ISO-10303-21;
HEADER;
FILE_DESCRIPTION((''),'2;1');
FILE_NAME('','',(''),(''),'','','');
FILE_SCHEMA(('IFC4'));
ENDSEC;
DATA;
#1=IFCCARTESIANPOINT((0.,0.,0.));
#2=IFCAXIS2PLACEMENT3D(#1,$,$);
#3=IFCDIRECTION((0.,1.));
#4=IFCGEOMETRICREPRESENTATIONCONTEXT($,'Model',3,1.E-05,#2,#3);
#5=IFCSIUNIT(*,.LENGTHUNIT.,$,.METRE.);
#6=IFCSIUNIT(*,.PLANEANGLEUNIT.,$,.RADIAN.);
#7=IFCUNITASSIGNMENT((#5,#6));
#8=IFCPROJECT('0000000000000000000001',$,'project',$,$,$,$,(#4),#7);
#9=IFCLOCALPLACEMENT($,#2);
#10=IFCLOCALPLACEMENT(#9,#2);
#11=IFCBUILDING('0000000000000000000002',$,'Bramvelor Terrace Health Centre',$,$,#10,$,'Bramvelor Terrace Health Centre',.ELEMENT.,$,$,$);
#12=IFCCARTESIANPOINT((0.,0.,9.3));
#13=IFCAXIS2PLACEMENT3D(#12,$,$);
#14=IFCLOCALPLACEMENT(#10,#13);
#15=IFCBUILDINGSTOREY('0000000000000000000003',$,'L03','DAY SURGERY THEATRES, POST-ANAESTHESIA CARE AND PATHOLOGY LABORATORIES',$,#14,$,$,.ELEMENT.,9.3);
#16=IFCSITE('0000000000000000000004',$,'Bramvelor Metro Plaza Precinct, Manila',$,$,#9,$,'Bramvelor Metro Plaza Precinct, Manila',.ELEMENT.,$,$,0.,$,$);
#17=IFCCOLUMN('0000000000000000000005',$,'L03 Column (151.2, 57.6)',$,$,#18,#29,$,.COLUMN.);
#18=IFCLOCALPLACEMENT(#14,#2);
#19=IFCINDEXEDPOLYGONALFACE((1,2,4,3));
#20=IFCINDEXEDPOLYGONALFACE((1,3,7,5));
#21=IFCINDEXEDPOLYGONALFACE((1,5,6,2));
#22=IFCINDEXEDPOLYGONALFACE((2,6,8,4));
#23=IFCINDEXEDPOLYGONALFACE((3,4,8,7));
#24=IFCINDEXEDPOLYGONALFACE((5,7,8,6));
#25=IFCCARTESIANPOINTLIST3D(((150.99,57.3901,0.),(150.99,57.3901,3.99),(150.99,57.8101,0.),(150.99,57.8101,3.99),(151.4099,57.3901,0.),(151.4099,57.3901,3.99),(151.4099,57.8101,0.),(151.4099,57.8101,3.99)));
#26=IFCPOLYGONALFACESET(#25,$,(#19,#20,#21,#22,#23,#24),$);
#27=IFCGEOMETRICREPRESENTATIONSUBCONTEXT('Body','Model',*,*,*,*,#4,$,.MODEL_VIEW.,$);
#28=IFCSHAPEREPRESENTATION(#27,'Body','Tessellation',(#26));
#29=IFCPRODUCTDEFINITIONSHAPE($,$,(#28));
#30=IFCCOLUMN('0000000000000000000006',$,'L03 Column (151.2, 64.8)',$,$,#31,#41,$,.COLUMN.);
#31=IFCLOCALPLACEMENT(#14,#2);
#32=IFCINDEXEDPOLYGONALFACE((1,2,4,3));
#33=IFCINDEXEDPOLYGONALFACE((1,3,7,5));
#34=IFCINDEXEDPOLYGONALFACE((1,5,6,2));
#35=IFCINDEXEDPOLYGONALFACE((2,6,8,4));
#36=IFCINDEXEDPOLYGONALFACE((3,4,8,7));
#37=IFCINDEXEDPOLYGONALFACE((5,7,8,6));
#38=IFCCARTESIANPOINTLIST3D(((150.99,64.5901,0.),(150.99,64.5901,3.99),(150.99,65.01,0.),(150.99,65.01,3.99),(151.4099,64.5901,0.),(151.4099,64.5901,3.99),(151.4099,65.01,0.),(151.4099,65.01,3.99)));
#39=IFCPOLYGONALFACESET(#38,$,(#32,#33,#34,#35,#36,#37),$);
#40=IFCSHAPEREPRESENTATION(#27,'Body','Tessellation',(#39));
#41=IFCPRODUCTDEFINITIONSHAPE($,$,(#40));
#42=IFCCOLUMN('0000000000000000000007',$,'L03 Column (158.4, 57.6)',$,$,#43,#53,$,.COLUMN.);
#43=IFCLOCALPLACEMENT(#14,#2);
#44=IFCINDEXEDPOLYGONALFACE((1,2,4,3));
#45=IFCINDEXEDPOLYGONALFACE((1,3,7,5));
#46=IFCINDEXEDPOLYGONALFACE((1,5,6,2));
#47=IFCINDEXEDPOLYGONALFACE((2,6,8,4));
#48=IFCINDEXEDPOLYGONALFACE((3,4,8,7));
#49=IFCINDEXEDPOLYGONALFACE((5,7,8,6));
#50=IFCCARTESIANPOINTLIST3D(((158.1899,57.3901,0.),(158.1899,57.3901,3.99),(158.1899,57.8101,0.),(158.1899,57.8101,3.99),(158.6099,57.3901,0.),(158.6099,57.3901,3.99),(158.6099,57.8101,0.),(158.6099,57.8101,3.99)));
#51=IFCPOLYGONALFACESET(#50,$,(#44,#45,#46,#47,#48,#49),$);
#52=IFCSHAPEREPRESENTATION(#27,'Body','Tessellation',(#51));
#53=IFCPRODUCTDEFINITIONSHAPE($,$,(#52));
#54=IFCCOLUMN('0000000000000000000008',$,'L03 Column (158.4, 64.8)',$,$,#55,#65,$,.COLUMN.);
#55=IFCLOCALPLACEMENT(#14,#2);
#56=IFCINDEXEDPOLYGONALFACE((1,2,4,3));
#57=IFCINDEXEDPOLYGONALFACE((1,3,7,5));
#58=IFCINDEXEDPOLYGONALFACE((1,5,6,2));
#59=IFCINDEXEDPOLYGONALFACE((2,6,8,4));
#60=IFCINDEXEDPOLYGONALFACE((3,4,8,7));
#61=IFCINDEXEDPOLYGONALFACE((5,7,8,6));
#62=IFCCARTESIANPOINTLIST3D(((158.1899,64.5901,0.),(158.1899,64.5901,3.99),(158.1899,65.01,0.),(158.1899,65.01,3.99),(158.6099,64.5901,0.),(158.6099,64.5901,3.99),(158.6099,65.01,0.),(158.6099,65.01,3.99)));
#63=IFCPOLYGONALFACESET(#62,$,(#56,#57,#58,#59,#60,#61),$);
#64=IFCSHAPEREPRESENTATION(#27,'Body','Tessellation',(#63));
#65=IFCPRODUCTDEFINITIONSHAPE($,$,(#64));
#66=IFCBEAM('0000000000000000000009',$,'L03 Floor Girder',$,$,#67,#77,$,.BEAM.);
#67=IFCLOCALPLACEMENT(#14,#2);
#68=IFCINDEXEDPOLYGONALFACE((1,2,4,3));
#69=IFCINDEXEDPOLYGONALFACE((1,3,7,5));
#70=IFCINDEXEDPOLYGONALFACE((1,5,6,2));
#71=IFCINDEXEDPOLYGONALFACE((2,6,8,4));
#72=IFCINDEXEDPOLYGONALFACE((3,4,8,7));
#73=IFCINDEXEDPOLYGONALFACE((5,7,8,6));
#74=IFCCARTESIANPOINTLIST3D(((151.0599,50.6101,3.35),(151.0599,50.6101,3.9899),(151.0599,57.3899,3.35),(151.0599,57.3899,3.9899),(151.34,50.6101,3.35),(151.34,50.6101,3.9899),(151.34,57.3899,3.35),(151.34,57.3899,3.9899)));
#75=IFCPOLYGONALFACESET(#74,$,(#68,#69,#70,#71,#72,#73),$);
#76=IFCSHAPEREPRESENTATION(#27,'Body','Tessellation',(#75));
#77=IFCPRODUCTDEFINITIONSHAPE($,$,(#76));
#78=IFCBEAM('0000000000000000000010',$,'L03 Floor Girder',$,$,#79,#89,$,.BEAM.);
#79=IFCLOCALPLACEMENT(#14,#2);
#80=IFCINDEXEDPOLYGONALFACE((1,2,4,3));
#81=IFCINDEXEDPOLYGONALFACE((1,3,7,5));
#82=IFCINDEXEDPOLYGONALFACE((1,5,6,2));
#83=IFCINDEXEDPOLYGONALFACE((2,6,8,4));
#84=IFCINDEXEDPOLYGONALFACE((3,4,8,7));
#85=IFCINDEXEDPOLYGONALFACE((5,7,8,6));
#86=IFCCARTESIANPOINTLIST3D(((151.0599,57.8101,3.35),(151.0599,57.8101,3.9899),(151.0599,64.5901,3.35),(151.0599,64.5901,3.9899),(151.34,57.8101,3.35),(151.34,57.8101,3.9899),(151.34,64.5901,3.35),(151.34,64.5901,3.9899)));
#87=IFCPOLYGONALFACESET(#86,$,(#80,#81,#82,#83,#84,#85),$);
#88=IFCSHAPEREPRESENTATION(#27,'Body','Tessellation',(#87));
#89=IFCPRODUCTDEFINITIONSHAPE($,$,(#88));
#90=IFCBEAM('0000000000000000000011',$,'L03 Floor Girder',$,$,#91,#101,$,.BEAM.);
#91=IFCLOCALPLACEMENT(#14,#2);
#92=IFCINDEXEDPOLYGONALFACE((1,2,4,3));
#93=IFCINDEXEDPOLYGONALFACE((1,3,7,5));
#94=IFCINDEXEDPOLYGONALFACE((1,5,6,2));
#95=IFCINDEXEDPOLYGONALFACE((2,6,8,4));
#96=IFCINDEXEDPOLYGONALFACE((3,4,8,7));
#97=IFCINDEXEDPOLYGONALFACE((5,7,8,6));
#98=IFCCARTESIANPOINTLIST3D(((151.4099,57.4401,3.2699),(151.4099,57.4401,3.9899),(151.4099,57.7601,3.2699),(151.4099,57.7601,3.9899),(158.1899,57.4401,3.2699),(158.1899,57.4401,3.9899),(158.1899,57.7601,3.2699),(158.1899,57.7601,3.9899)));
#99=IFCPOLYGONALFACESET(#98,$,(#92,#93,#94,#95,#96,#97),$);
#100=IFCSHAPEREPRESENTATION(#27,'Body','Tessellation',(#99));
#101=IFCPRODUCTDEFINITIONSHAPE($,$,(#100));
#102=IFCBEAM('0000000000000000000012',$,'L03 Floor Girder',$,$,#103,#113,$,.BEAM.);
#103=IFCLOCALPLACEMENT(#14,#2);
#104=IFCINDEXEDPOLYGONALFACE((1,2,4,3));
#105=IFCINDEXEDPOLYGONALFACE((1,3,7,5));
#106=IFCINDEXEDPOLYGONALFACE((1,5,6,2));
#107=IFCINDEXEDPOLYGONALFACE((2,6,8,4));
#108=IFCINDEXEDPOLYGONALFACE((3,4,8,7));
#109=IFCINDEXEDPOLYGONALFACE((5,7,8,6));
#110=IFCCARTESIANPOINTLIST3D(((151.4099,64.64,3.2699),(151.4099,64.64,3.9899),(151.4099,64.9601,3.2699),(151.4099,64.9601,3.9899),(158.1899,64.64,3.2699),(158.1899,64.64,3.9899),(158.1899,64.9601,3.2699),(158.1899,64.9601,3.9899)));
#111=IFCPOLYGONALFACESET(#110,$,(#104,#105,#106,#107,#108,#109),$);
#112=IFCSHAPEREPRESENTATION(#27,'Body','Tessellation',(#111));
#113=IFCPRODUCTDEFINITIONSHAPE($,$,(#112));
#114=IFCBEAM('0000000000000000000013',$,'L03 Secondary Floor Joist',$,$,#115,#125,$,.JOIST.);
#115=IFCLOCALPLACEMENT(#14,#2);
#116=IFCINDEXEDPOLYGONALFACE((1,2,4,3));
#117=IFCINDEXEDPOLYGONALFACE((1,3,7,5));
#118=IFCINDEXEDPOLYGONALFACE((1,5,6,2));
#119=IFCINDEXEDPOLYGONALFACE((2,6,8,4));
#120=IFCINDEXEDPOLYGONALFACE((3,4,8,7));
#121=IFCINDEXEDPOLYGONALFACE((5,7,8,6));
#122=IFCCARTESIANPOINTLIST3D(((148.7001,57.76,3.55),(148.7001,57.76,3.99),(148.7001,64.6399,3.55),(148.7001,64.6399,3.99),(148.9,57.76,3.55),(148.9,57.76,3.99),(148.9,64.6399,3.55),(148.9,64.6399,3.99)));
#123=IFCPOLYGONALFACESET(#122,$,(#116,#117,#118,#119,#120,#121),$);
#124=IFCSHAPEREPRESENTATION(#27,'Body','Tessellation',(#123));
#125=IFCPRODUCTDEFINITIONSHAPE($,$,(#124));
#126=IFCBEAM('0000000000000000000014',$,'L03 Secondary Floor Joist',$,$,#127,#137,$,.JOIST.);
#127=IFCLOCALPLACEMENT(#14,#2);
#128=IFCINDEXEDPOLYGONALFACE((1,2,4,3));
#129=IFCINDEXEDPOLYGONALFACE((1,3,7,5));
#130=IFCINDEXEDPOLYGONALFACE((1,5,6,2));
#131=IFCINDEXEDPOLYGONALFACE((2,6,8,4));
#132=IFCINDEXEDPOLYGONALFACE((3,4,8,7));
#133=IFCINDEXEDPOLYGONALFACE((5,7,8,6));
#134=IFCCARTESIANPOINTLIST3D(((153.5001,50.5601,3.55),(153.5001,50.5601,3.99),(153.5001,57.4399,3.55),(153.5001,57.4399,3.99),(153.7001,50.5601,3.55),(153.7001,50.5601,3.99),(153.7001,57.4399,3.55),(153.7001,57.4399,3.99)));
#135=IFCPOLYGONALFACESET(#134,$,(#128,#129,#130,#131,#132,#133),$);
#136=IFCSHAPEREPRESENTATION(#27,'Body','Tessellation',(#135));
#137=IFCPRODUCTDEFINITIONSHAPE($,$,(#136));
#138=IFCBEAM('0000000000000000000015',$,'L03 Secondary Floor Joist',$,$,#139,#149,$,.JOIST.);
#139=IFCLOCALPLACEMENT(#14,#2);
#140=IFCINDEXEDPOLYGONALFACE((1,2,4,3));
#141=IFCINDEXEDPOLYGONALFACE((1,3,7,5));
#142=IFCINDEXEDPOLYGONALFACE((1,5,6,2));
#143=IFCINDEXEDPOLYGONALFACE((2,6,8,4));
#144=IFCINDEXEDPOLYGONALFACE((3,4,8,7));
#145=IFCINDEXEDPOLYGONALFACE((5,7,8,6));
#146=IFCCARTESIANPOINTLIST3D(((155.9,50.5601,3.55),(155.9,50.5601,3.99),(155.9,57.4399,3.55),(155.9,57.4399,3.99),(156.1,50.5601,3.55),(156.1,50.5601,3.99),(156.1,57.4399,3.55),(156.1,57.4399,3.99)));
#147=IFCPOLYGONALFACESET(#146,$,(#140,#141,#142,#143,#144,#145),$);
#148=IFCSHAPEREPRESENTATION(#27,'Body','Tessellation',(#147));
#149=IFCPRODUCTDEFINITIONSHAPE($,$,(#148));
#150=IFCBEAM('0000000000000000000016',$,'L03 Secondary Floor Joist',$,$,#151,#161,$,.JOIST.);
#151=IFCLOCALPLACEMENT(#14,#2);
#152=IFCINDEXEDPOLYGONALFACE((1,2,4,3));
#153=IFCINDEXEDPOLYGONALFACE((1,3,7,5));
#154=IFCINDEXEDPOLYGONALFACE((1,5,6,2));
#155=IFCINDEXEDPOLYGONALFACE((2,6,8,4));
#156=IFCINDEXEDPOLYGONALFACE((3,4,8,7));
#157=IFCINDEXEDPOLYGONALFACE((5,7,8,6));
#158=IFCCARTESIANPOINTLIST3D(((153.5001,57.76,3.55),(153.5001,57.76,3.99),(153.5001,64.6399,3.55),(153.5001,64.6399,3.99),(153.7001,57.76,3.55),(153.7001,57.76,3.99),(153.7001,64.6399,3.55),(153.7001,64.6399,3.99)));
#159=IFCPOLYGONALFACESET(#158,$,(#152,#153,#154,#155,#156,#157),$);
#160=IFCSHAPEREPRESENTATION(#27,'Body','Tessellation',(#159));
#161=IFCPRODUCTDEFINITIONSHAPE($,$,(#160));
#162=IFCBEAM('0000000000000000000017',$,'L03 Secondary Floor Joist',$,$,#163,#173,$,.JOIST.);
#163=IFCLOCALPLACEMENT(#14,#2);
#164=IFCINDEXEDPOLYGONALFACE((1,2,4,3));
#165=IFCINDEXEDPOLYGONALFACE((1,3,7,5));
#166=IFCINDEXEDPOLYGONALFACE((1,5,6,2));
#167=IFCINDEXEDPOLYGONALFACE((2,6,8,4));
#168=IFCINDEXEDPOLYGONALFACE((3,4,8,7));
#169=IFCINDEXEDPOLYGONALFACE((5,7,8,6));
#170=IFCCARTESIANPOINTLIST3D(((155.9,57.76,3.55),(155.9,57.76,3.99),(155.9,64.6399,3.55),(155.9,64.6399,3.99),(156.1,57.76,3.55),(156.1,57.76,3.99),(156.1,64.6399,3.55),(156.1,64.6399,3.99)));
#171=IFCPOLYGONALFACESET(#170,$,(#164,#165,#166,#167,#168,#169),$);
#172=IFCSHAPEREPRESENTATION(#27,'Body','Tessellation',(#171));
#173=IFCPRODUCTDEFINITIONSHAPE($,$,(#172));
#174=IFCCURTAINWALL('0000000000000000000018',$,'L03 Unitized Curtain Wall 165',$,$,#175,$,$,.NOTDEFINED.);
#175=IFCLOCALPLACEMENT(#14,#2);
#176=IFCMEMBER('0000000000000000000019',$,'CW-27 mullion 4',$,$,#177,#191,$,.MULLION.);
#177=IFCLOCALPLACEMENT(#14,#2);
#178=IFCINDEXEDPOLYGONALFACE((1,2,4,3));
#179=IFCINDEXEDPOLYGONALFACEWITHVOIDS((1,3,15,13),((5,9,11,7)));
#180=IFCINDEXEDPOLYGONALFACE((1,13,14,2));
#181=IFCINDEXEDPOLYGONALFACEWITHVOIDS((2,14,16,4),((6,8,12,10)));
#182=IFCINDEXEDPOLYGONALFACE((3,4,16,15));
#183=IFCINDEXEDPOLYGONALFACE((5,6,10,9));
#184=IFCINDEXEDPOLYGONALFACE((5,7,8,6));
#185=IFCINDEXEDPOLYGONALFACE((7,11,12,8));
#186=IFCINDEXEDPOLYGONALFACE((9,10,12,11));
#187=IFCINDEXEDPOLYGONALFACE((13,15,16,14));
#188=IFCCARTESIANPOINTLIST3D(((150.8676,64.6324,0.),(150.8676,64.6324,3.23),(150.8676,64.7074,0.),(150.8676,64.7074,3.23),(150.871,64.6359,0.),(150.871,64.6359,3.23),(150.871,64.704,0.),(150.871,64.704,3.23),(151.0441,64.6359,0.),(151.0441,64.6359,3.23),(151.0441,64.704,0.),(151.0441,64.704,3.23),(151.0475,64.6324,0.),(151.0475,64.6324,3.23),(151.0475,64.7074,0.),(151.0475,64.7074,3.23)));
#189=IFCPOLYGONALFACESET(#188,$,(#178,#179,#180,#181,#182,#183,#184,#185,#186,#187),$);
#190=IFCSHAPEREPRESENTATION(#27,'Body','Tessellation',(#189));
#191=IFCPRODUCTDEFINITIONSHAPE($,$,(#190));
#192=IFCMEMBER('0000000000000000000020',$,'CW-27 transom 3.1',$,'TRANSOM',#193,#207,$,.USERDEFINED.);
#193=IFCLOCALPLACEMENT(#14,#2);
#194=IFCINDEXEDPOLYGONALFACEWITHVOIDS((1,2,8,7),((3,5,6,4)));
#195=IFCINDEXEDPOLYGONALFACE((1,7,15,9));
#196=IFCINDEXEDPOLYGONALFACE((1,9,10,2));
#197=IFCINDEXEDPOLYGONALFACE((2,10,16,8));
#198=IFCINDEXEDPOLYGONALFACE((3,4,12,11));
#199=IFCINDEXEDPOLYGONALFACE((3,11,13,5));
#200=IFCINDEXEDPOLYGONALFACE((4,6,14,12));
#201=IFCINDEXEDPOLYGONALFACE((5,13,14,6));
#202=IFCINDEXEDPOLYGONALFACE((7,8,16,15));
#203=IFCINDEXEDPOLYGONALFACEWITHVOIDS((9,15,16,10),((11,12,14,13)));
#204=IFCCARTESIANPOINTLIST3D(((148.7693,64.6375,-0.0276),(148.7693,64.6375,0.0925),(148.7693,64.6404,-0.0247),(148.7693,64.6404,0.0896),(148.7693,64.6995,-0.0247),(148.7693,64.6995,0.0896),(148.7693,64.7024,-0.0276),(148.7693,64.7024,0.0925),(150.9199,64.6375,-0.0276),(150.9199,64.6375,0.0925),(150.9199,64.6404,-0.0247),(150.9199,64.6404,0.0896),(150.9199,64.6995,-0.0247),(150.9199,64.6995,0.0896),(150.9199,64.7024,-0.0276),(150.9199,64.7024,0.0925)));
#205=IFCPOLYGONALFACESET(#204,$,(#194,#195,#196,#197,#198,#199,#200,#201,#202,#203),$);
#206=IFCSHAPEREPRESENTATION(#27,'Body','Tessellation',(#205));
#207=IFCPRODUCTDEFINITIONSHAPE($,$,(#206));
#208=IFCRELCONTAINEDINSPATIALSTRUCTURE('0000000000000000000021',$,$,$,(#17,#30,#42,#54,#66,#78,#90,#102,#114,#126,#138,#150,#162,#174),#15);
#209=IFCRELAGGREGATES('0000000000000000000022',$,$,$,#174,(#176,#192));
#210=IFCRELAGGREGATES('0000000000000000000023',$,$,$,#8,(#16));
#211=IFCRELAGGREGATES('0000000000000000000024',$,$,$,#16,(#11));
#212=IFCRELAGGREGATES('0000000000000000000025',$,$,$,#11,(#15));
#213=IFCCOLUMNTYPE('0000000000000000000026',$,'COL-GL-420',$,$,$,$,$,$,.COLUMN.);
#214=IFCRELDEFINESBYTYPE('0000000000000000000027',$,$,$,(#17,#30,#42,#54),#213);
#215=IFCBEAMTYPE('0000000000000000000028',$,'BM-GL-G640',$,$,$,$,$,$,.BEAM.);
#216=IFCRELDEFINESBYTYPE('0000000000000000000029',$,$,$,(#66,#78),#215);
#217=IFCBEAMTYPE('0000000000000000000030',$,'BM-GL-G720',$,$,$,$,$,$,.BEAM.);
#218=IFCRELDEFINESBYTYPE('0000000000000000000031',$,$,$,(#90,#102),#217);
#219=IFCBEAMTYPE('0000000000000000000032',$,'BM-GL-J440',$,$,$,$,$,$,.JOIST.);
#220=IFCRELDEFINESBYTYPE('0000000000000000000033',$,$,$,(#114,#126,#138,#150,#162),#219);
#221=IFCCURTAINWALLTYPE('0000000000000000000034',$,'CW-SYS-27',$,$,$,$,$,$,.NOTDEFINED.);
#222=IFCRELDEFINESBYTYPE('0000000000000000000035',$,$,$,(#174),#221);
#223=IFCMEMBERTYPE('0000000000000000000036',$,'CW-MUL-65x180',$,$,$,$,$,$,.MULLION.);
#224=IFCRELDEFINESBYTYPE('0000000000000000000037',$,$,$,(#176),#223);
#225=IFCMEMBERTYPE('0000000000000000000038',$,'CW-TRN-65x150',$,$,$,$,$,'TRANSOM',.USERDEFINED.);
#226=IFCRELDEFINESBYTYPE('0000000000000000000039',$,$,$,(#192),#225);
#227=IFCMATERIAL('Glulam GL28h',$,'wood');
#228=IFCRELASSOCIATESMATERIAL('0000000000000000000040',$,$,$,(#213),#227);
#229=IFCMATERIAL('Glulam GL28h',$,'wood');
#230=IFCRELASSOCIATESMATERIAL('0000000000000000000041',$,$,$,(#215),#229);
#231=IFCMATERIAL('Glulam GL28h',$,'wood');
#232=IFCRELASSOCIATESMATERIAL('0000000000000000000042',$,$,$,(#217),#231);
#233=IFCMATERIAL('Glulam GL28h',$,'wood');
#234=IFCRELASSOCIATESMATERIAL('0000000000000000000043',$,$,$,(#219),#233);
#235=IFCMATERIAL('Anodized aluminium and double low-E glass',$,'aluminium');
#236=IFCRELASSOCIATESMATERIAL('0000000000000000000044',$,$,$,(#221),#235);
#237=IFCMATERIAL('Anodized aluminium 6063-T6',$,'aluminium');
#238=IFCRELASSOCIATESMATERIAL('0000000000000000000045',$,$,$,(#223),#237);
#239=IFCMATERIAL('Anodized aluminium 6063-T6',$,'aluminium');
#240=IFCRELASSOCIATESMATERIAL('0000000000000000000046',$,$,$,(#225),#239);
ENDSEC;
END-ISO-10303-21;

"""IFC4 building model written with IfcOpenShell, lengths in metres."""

from ifc_helpers import new_model, si_unit, direction, frame, origin, origin_2d, place, context, subcontext, project, spatial, rectangle, hollow_rectangle, extrude, material, material_profile, profile_set, type_object, element, aggregate, save


model = new_model("IFC4")

# Units and contexts
model_context = context("Model", 3, precision=1e-05, world=origin(), true_north=direction((0.0, 1.0)))
body_context = subcontext(model_context, "Body", "Model", "MODEL_VIEW")
ifc_project = project(units=[si_unit("LENGTHUNIT", "METRE"), si_unit("PLANEANGLEUNIT", "RADIAN")], contexts=[model_context])

# Site, building, storey
site_placement = place(None, origin())
site = spatial("IfcSite", under=ifc_project, at=site_placement, Name="Bramvelor Metro Plaza Precinct, Manila", LongName="Bramvelor Metro Plaza Precinct, Manila", CompositionType="ELEMENT", RefElevation=0.0)
building_placement = place(site_placement, origin())
building = spatial("IfcBuilding", under=site, at=building_placement, Name="Bramvelor Terrace Health Centre", LongName="Bramvelor Terrace Health Centre", CompositionType="ELEMENT")
storey_placement = place(building_placement, frame((0.0, 0.0, 9.3)))
storey = spatial("IfcBuildingStorey", under=building, at=storey_placement, Name="L03", Description="DAY SURGERY THEATRES, POST-ANAESTHESIA CARE AND PATHOLOGY LABORATORIES", CompositionType="ELEMENT", Elevation=9.3)

# Columns
ifc_material_1 = material(Name="Glulam GL28h", Category="wood")
ifc_material_profile_1 = material_profile(ifc_material_1, rectangle(XDim=0.4199, YDim=0.4199, at=origin_2d()), Name="GL 420x420")
ifc_profile_set_1 = profile_set([ifc_material_profile_1], Name="Glulam GL28h")
column_type = type_object("IfcColumnType", Name="COL-GL-420", PredefinedType="COLUMN", material=ifc_profile_set_1)
for number, where, z_axis, x_axis, name in (
    (1, (151.2, 57.6001, 0.0), (0.0, 0.0, 1.0), (1.0, 0.0, 0.0), "L03 Column (151.2, 57.6)"),
    (2, (151.2, 64.8, 0.0), (0.0, 0.0, 1.0), (1.0, 0.0, 0.0), "L03 Column (151.2, 64.8)"),
    (3, (158.3999, 57.6001, 0.0), (0.0, 0.0, 1.0), (1.0, 0.0, 0.0), "L03 Column (158.4, 57.6)"),
    (4, (158.3999, 64.8, 0.0), (0.0, 0.0, 1.0), (1.0, 0.0, 0.0), "L03 Column (158.4, 64.8)"),
):
    element("IfcColumn", number, at=place(storey_placement, frame(where, z_axis=z_axis, x_axis=x_axis)), inside=storey, type_object=column_type, Name=name, PredefinedType="COLUMN", context=body_context, shape_type="SweptSolid", body=[
        extrude(rectangle(XDim=0.4199, YDim=0.4199, at=origin_2d()), origin(), (0.0, 0.0, 1.0), 3.99),
    ])

# Beams
ifc_material_2 = material(Name="Glulam GL28h", Category="wood")
ifc_material_profile_2 = material_profile(ifc_material_2, rectangle(XDim=0.28, YDim=0.6399, at=origin_2d()), Name="GL 280x640")
ifc_profile_set_2 = profile_set([ifc_material_profile_2], Name="Glulam GL28h")
beam_type_1 = type_object("IfcBeamType", Name="BM-GL-G640", PredefinedType="BEAM", material=ifc_profile_set_2)
beam_1_placement = place(storey_placement, frame((151.2, 50.6101, 3.6699), z_axis=(0.0, 1.0, 0.0), x_axis=(-1.0, 0.0, 0.0)))
element("IfcBeam", 5, at=beam_1_placement, inside=storey, type_object=beam_type_1, Name="L03 Floor Girder", PredefinedType="BEAM", context=body_context, shape_type="SweptSolid", body=[
    extrude(rectangle(XDim=0.28, YDim=0.6399, at=origin_2d()), origin(), (0.0, 0.0, 1.0), 6.7798),
])
beam_2_placement = place(storey_placement, frame((151.2, 57.8101, 3.6699), z_axis=(0.0, 1.0, 0.0), x_axis=(-1.0, 0.0, 0.0)))
element("IfcBeam", 6, at=beam_2_placement, inside=storey, type_object=beam_type_1, Name="L03 Floor Girder", PredefinedType="BEAM", context=body_context, shape_type="SweptSolid", body=[
    extrude(rectangle(XDim=0.28, YDim=0.6399, at=origin_2d()), origin(), (0.0, 0.0, 1.0), 6.78),
])
ifc_material_3 = material(Name="Glulam GL28h", Category="wood")
ifc_material_profile_3 = material_profile(ifc_material_3, rectangle(XDim=0.3201, YDim=0.72, at=origin_2d()), Name="GL 320x720")
ifc_profile_set_3 = profile_set([ifc_material_profile_3], Name="Glulam GL28h")
beam_type_2 = type_object("IfcBeamType", Name="BM-GL-G720", PredefinedType="BEAM", material=ifc_profile_set_3)
for number, where, z_axis, x_axis, name in (
    (7, (151.4099, 57.6001, 3.6299), (1.0, 0.0, 0.0), (0.0, 1.0, 0.0), "L03 Floor Girder"),
    (8, (151.4099, 64.8, 3.6299), (1.0, 0.0, 0.0), (0.0, 1.0, 0.0), "L03 Floor Girder"),
):
    element("IfcBeam", number, at=place(storey_placement, frame(where, z_axis=z_axis, x_axis=x_axis)), inside=storey, type_object=beam_type_2, Name=name, PredefinedType="BEAM", context=body_context, shape_type="SweptSolid", body=[
        extrude(rectangle(XDim=0.3201, YDim=0.72, at=origin_2d()), origin(), (0.0, 0.0, 1.0), 6.78),
    ])
ifc_material_4 = material(Name="Glulam GL28h", Category="wood")
ifc_material_profile_4 = material_profile(ifc_material_4, rectangle(XDim=0.2, YDim=0.4399, at=origin_2d()), Name="GL 200x440")
ifc_profile_set_4 = profile_set([ifc_material_profile_4], Name="Glulam GL28h")
beam_type_3 = type_object("IfcBeamType", Name="BM-GL-J440", PredefinedType="JOIST", material=ifc_profile_set_4)
for number, where, z_axis, x_axis, name in (
    (9, (148.8, 57.76, 3.77), (0.0, 1.0, 0.0), (-1.0, 0.0, 0.0), "L03 Secondary Floor Joist"),
    (10, (153.6001, 50.5601, 3.77), (0.0, 1.0, 0.0), (-1.0, 0.0, 0.0), "L03 Secondary Floor Joist"),
    (11, (156.0, 50.5601, 3.77), (0.0, 1.0, 0.0), (-1.0, 0.0, 0.0), "L03 Secondary Floor Joist"),
    (12, (153.6001, 57.76, 3.77), (0.0, 1.0, 0.0), (-1.0, 0.0, 0.0), "L03 Secondary Floor Joist"),
    (13, (156.0, 57.76, 3.77), (0.0, 1.0, 0.0), (-1.0, 0.0, 0.0), "L03 Secondary Floor Joist"),
):
    element("IfcBeam", number, at=place(storey_placement, frame(where, z_axis=z_axis, x_axis=x_axis)), inside=storey, type_object=beam_type_3, Name=name, PredefinedType="JOIST", context=body_context, shape_type="SweptSolid", body=[
        extrude(rectangle(XDim=0.2, YDim=0.4399, at=origin_2d()), origin(), (0.0, 0.0, 1.0), 6.8799),
    ])

# Curtain wall, members
ifc_material_5 = material(Name="Anodized aluminium and double low-E glass", Category="aluminium")
curtain_wall_type = type_object("IfcCurtainWallType", Name="CW-SYS-27", PredefinedType="NOTDEFINED", material=ifc_material_5)
curtain_wall_placement = place(storey_placement, origin())
curtain_wall = element("IfcCurtainWall", 14, at=curtain_wall_placement, inside=storey, type_object=curtain_wall_type, Name="L03 Unitized Curtain Wall 165", PredefinedType="NOTDEFINED")
ifc_material_6 = material(Name="Anodized aluminium 6063-T6", Category="aluminium")
ifc_material_profile_5 = material_profile(ifc_material_6, hollow_rectangle(XDim=0.075, YDim=0.1799, WallThickness=0.0034, at=origin_2d()), Name="ALU-MUL 75x180x3.5")
ifc_profile_set_5 = profile_set([ifc_material_profile_5], Name="Anodized aluminium 6063-T6")
member_type_1 = type_object("IfcMemberType", Name="CW-MUL-65x180", PredefinedType="MULLION", material=ifc_profile_set_5)
member_1_placement = place(storey_placement, frame((150.9575, 64.6699, 0.0), z_axis=(0.0, 0.0, 1.0), x_axis=(0.0, 1.0, 0.0)))
member_1 = element("IfcMember", 15, at=member_1_placement, type_object=member_type_1, Name="CW-27 mullion 4", PredefinedType="MULLION", context=body_context, shape_type="SweptSolid", body=[
    extrude(hollow_rectangle(XDim=0.075, YDim=0.1799, WallThickness=0.0034, at=origin_2d()), origin(), (0.0, 0.0, 1.0), 3.23),
])
ifc_material_7 = material(Name="Anodized aluminium 6063-T6", Category="aluminium")
ifc_material_profile_6 = material_profile(ifc_material_7, hollow_rectangle(XDim=0.0649, YDim=0.1201, WallThickness=0.0029, at=origin_2d()), Name="ALU-TRN 65x120x3.0")
ifc_profile_set_6 = profile_set([ifc_material_profile_6], Name="Anodized aluminium 6063-T6")
member_type_2 = type_object("IfcMemberType", Name="CW-TRN-65x150", ElementType="TRANSOM", PredefinedType="USERDEFINED", material=ifc_profile_set_6)
member_2_placement = place(storey_placement, frame((148.7693, 64.6699, 0.0325), z_axis=(1.0, 0.0, 0.0), x_axis=(0.0, 1.0, 0.0)))
member_2 = element("IfcMember", 16, at=member_2_placement, type_object=member_type_2, Name="CW-27 transom 3.1", ObjectType="TRANSOM", PredefinedType="USERDEFINED", context=body_context, shape_type="SweptSolid", body=[
    extrude(hollow_rectangle(XDim=0.0649, YDim=0.1201, WallThickness=0.0029, at=origin_2d()), origin(), (0.0, 0.0, 1.0), 2.1506),
])
aggregate(curtain_wall, [member_1, member_2])

save(model, "model.ifc")
